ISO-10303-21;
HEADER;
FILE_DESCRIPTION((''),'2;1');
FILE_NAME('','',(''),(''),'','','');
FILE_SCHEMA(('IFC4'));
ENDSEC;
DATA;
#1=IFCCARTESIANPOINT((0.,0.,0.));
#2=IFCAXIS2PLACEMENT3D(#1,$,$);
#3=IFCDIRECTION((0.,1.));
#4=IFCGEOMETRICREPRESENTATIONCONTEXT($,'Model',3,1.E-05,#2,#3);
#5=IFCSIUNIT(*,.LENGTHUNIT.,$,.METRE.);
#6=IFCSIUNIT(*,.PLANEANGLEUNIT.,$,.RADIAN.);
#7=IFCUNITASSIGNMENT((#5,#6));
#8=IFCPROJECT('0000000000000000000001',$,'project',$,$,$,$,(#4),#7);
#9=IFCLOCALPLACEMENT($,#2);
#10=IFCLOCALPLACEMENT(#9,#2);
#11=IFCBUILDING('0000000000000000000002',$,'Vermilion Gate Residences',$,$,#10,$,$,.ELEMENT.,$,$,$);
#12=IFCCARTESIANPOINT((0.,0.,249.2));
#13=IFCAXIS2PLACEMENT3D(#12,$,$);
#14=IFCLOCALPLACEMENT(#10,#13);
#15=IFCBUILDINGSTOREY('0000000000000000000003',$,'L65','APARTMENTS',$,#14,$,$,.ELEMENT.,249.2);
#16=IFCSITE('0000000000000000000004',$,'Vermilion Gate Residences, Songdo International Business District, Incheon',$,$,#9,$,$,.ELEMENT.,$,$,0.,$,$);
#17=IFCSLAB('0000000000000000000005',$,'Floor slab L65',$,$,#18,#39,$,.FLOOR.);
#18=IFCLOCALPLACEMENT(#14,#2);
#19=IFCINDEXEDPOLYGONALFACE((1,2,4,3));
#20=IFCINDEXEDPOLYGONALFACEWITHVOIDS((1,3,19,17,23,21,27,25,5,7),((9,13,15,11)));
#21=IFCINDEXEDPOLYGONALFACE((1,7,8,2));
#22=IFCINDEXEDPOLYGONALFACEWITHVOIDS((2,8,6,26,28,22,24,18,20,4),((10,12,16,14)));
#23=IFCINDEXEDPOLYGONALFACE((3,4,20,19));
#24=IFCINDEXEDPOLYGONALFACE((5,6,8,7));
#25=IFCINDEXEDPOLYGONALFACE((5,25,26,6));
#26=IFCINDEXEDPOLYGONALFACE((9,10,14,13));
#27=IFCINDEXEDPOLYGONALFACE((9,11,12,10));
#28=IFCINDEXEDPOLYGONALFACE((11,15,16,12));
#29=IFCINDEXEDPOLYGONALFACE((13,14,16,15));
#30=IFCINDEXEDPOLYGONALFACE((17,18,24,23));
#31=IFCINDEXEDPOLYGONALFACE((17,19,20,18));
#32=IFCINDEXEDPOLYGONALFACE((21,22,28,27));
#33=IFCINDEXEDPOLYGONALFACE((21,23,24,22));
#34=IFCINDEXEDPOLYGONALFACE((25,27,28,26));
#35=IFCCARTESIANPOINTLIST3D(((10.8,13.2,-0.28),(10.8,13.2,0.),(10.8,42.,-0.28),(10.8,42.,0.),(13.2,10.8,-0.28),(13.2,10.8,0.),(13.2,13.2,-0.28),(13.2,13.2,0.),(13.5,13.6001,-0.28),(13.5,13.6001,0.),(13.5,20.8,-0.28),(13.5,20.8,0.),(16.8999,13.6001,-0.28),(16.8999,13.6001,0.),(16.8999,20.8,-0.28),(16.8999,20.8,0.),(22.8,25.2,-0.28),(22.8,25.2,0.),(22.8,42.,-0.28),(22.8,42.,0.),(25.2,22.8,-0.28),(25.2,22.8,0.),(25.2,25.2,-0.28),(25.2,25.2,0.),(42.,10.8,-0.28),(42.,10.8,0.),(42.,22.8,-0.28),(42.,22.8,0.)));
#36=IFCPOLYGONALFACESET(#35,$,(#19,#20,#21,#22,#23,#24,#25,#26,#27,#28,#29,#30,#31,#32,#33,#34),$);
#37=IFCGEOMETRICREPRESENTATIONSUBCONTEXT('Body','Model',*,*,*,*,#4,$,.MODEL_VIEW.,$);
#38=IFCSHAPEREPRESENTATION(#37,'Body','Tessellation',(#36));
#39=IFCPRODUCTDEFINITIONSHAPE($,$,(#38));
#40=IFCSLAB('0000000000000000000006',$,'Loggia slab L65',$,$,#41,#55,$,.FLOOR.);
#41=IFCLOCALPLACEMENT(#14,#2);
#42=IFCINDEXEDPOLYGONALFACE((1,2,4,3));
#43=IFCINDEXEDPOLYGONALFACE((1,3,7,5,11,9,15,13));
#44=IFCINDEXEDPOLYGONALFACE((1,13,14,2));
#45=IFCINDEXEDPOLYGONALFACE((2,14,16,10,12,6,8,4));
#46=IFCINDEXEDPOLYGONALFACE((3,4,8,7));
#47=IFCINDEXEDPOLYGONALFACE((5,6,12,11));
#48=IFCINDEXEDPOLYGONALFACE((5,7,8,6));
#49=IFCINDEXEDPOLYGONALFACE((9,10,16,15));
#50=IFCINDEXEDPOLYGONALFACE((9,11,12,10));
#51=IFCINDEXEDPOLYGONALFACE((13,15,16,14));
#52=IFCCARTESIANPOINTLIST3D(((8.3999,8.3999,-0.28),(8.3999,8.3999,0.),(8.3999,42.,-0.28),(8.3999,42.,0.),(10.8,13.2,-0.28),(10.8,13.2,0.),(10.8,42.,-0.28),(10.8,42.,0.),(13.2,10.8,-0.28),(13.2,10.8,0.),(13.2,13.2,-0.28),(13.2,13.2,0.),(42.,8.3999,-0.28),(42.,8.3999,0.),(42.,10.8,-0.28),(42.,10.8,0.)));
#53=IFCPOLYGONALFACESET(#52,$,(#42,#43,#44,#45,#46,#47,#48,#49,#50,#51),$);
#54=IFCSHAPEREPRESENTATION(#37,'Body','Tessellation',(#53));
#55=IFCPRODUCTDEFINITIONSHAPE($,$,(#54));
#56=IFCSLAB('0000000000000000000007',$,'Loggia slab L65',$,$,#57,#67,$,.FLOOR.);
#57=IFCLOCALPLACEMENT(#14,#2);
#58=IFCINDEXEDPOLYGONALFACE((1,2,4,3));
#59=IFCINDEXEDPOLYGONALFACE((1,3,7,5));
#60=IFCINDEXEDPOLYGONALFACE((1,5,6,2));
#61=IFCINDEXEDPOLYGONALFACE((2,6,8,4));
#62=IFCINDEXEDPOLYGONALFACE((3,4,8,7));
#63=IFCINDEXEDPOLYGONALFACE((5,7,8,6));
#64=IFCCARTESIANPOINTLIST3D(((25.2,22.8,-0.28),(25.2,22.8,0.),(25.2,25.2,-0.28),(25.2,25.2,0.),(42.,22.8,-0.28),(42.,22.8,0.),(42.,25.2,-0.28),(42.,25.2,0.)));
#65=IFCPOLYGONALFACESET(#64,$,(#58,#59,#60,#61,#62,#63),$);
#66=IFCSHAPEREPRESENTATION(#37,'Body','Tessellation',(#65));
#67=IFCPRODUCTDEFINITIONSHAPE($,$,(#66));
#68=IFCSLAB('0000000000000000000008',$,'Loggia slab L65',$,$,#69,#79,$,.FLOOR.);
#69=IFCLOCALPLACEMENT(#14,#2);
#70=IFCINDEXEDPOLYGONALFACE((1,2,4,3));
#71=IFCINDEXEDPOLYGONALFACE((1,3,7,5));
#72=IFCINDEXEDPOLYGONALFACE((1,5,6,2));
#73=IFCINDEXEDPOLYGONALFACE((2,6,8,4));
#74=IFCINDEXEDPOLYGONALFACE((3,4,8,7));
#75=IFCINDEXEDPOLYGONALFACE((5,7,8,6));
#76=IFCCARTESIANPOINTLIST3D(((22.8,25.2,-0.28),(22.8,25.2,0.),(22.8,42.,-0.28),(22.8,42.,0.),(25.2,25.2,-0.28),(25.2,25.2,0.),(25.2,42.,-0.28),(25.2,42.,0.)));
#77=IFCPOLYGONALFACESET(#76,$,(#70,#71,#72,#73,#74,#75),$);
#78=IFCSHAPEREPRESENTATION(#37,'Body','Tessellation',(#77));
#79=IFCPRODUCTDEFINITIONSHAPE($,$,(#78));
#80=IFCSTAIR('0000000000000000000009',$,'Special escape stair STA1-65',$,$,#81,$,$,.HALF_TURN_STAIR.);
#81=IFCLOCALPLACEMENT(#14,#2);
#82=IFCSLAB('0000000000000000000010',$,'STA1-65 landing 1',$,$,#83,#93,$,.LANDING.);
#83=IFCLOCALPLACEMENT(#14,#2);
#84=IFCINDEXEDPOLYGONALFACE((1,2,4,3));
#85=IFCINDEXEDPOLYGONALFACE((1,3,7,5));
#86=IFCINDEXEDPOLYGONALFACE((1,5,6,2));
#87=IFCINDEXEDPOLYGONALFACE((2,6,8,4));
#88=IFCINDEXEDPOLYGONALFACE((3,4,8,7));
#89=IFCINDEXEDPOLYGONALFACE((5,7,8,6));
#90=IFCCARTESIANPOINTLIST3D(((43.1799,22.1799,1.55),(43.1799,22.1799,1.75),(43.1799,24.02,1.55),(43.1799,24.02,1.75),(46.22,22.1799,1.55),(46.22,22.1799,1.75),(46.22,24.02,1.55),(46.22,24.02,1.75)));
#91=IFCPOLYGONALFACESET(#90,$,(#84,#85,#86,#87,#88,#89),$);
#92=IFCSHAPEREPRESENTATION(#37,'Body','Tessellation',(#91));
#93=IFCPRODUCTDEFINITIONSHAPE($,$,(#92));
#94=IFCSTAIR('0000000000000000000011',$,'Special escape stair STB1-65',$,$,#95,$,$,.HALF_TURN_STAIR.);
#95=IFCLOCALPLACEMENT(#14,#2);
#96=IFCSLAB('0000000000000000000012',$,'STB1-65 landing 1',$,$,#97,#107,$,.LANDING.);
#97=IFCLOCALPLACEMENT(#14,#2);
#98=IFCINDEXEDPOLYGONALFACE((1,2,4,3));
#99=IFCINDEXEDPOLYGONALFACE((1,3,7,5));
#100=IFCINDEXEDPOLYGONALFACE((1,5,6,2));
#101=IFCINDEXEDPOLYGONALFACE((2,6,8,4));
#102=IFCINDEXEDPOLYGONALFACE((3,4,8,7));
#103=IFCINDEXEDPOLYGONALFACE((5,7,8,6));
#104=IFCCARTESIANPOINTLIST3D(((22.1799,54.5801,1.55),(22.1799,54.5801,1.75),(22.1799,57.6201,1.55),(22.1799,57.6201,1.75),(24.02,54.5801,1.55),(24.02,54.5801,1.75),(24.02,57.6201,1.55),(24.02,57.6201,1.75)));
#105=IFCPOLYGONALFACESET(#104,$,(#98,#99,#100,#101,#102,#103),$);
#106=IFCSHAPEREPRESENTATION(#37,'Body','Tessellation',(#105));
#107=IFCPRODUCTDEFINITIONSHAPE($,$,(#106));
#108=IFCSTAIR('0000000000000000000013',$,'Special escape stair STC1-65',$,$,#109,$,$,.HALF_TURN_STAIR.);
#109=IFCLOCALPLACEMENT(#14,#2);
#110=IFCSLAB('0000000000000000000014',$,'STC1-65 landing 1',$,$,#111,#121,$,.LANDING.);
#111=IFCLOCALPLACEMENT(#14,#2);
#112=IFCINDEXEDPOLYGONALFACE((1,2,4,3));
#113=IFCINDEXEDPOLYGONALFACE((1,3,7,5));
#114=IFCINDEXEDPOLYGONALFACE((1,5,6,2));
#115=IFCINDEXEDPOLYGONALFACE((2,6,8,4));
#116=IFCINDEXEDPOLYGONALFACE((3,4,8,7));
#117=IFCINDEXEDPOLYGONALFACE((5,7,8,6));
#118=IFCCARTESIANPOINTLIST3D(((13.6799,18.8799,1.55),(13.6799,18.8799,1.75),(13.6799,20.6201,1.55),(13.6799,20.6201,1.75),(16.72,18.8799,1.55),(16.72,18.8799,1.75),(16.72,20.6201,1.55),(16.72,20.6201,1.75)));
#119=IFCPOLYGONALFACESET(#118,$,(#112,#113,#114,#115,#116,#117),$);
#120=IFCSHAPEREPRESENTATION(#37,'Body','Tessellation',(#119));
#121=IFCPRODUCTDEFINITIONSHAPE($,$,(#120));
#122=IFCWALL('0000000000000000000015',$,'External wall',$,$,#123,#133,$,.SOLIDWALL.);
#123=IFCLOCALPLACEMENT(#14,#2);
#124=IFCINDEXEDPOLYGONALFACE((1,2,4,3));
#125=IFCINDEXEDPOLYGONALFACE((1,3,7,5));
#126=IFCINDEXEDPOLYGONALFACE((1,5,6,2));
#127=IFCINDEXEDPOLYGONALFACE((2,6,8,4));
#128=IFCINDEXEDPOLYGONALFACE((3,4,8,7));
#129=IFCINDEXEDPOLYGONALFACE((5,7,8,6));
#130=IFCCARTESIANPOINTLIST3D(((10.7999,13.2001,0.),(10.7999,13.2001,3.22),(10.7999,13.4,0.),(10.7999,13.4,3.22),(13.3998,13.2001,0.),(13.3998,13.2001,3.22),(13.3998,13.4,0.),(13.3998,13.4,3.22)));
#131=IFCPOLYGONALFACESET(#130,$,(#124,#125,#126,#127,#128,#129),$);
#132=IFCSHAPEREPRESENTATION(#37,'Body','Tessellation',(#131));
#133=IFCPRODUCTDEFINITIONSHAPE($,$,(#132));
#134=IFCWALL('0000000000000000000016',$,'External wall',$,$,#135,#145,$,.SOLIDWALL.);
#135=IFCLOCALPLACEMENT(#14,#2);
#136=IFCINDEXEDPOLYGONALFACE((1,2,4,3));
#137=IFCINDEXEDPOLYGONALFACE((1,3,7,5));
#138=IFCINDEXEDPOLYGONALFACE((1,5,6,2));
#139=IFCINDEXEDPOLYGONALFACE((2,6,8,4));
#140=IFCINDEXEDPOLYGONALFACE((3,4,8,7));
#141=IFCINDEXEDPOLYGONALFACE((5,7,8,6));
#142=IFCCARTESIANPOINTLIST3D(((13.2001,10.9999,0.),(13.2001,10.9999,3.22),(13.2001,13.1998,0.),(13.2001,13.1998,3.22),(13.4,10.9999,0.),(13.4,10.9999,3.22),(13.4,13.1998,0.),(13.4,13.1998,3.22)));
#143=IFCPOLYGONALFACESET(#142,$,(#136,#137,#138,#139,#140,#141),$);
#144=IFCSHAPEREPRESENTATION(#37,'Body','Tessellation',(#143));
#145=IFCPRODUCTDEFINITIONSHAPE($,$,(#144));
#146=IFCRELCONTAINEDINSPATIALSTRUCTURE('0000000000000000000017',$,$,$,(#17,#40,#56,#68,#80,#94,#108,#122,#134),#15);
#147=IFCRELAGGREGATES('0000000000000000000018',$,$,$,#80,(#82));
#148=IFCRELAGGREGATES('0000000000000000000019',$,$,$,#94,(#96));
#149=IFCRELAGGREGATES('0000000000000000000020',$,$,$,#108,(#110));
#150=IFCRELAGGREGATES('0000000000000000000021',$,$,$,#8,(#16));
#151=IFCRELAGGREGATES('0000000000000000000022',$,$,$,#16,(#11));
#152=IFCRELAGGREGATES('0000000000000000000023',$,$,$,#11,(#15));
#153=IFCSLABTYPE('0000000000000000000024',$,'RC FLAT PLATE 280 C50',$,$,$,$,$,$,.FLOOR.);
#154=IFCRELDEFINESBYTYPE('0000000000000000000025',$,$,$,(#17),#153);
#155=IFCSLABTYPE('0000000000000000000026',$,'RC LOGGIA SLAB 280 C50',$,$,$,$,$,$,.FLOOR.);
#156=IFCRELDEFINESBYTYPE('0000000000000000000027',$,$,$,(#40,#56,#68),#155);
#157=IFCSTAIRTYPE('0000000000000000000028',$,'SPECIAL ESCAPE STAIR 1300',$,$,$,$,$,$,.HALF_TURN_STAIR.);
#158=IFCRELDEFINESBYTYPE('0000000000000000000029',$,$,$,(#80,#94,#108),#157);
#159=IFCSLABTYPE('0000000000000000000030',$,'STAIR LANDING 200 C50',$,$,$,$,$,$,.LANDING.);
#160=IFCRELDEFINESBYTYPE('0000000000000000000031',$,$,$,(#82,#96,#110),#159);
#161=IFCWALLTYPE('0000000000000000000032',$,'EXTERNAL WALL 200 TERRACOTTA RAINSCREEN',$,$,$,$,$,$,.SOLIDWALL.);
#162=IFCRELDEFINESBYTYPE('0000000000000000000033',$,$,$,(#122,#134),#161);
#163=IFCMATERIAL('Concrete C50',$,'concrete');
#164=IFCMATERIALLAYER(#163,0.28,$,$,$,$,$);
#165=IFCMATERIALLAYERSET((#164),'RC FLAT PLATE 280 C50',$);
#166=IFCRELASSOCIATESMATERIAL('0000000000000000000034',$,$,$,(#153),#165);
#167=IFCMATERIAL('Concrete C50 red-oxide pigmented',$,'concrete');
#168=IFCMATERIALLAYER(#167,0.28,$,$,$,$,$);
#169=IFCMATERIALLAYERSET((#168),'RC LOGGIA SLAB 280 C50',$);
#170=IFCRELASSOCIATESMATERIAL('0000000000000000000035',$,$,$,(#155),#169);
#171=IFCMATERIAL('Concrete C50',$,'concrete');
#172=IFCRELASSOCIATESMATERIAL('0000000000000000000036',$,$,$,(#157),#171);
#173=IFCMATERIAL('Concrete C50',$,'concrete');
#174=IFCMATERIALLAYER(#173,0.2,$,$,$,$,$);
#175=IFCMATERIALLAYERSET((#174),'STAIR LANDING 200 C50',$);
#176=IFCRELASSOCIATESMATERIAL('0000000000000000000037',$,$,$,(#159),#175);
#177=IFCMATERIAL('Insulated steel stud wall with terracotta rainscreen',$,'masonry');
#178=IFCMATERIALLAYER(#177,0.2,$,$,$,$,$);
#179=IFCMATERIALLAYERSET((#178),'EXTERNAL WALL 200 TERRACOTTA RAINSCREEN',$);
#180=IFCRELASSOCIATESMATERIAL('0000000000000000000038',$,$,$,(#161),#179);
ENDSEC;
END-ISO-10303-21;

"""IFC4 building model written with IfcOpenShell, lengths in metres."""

from ifc_helpers import new_model, si_unit, direction, frame, frame_2d, origin, place, context, subcontext, project, spatial, polyline, rectangle, outline, extrude, material, layer, layer_set, type_object, element, aggregate, save


model = new_model("IFC4")

# Units and contexts
model_context = context("Model", 3, precision=1e-05, world=origin(), true_north=direction((0.0, 1.0)))
body_context = subcontext(model_context, "Body", "Model", "MODEL_VIEW")
ifc_project = project(units=[si_unit("LENGTHUNIT", "METRE"), si_unit("PLANEANGLEUNIT", "RADIAN")], contexts=[model_context])

# Site, building, storey
site_placement = place(None, origin())
site = spatial("IfcSite", under=ifc_project, at=site_placement, Name="Vermilion Gate Residences, Songdo International Business District, Incheon", CompositionType="ELEMENT", RefElevation=0.0)
building_placement = place(site_placement, origin())
building = spatial("IfcBuilding", under=site, at=building_placement, Name="Vermilion Gate Residences", CompositionType="ELEMENT")
storey_placement = place(building_placement, frame((0.0, 0.0, 249.2)))
storey = spatial("IfcBuildingStorey", under=building, at=storey_placement, Name="L65", Description="APARTMENTS", CompositionType="ELEMENT", Elevation=249.2)

# Slabs
ifc_material_1 = material(Name="Concrete C50", Category="concrete")
ifc_layer_1 = layer(ifc_material_1, 0.28)
ifc_layer_set_1 = layer_set([ifc_layer_1], Name="RC FLAT PLATE 280 C50")
slab_type_1 = type_object("IfcSlabType", Name="RC FLAT PLATE 280 C50", PredefinedType="FLOOR", material=ifc_layer_set_1)
slab_1_placement = place(storey_placement, frame((0.0, 0.0, -0.28)))
element("IfcSlab", 1, at=slab_1_placement, inside=storey, type_object=slab_type_1, Name="Floor slab L65", PredefinedType="FLOOR", context=body_context, shape_type="SweptSolid", body=[
    extrude(outline(polyline([(22.8, 25.2), (22.8, 42.0), (10.8, 42.0), (10.8, 13.2), (13.2, 13.2), (13.2, 10.8), (42.0, 10.8), (42.0, 22.8), (25.2, 22.8), (25.2, 25.2), (22.8, 25.2)]), holes=[polyline([(13.5, 13.6001), (13.5, 20.8), (16.8999, 20.8), (16.8999, 13.6001), (13.5, 13.6001)])]), origin(), (0.0, 0.0, 1.0), 0.28),
])
ifc_material_2 = material(Name="Concrete C50 red-oxide pigmented", Category="concrete")
ifc_layer_2 = layer(ifc_material_2, 0.28)
ifc_layer_set_2 = layer_set([ifc_layer_2], Name="RC LOGGIA SLAB 280 C50")
slab_type_2 = type_object("IfcSlabType", Name="RC LOGGIA SLAB 280 C50", PredefinedType="FLOOR", material=ifc_layer_set_2)
slab_2_placement = place(storey_placement, frame((0.0, 0.0, -0.28)))
element("IfcSlab", 2, at=slab_2_placement, inside=storey, type_object=slab_type_2, Name="Loggia slab L65", PredefinedType="FLOOR", context=body_context, shape_type="SweptSolid", body=[
    extrude(outline(polyline([(8.3999, 8.3999), (42.0, 8.3999), (42.0, 10.8), (13.2, 10.8), (13.2, 13.2), (10.8, 13.2), (10.8, 42.0), (8.3999, 42.0), (8.3999, 8.3999)])), origin(), (0.0, 0.0, 1.0), 0.28),
])
slab_3_placement = place(storey_placement, frame((0.0, 0.0, -0.28)))
element("IfcSlab", 3, at=slab_3_placement, inside=storey, type_object=slab_type_2, Name="Loggia slab L65", PredefinedType="FLOOR", context=body_context, shape_type="SweptSolid", body=[
    extrude(outline(polyline([(25.2, 22.8), (42.0, 22.8), (42.0, 25.2), (25.2, 25.2), (25.2, 22.8)])), origin(), (0.0, 0.0, 1.0), 0.28),
])
slab_4_placement = place(storey_placement, frame((0.0, 0.0, -0.28)))
element("IfcSlab", 4, at=slab_4_placement, inside=storey, type_object=slab_type_2, Name="Loggia slab L65", PredefinedType="FLOOR", context=body_context, shape_type="SweptSolid", body=[
    extrude(outline(polyline([(25.2, 42.0), (22.8, 42.0), (22.8, 25.2), (25.2, 25.2), (25.2, 42.0)])), origin(), (0.0, 0.0, 1.0), 0.28),
])

# Stairs, slabs
ifc_material_3 = material(Name="Concrete C50", Category="concrete")
stair_type = type_object("IfcStairType", Name="SPECIAL ESCAPE STAIR 1300", PredefinedType="HALF_TURN_STAIR", material=ifc_material_3)
stair_1_placement = place(storey_placement, origin())
stair_1 = element("IfcStair", 5, at=stair_1_placement, inside=storey, type_object=stair_type, Name="Special escape stair STA1-65", PredefinedType="HALF_TURN_STAIR")
ifc_material_4 = material(Name="Concrete C50", Category="concrete")
ifc_layer_3 = layer(ifc_material_4, 0.2)
ifc_layer_set_3 = layer_set([ifc_layer_3], Name="STAIR LANDING 200 C50")
slab_type_3 = type_object("IfcSlabType", Name="STAIR LANDING 200 C50", PredefinedType="LANDING", material=ifc_layer_set_3)
slab_5_placement = place(storey_placement, frame((0.0, 0.0, 1.55)))
slab_5 = element("IfcSlab", 6, at=slab_5_placement, type_object=slab_type_3, Name="STA1-65 landing 1", PredefinedType="LANDING", context=body_context, shape_type="SweptSolid", body=[
    extrude(outline(polyline([(46.22, 22.1799), (46.22, 24.02), (43.1799, 24.02), (43.1799, 22.1799), (46.22, 22.1799)])), origin(), (0.0, 0.0, 1.0), 0.2),
])
aggregate(stair_1, [slab_5])
stair_2_placement = place(storey_placement, origin())
stair_2 = element("IfcStair", 7, at=stair_2_placement, inside=storey, type_object=stair_type, Name="Special escape stair STB1-65", PredefinedType="HALF_TURN_STAIR")
slab_6_placement = place(storey_placement, frame((0.0, 0.0, 1.55)))
slab_6 = element("IfcSlab", 8, at=slab_6_placement, type_object=slab_type_3, Name="STB1-65 landing 1", PredefinedType="LANDING", context=body_context, shape_type="SweptSolid", body=[
    extrude(outline(polyline([(24.02, 54.5801), (24.02, 57.6201), (22.1799, 57.6201), (22.1799, 54.5801), (24.02, 54.5801)])), origin(), (0.0, 0.0, 1.0), 0.2),
])
aggregate(stair_2, [slab_6])
stair_3_placement = place(storey_placement, origin())
stair_3 = element("IfcStair", 9, at=stair_3_placement, inside=storey, type_object=stair_type, Name="Special escape stair STC1-65", PredefinedType="HALF_TURN_STAIR")
slab_7_placement = place(storey_placement, frame((0.0, 0.0, 1.55)))
slab_7 = element("IfcSlab", 10, at=slab_7_placement, type_object=slab_type_3, Name="STC1-65 landing 1", PredefinedType="LANDING", context=body_context, shape_type="SweptSolid", body=[
    extrude(outline(polyline([(16.72, 18.8799), (16.72, 20.6201), (13.6799, 20.6201), (13.6799, 18.8799), (16.72, 18.8799)])), origin(), (0.0, 0.0, 1.0), 0.2),
])
aggregate(stair_3, [slab_7])

# Walls
ifc_material_5 = material(Name="Insulated steel stud wall with terracotta rainscreen", Category="masonry")
ifc_layer_4 = layer(ifc_material_5, 0.2)
ifc_layer_set_4 = layer_set([ifc_layer_4], Name="EXTERNAL WALL 200 TERRACOTTA RAINSCREEN")
wall_type_1 = type_object("IfcWallType", Name="EXTERNAL WALL 200 TERRACOTTA RAINSCREEN", PredefinedType="SOLIDWALL", material=ifc_layer_set_4)
wall_1_placement = place(storey_placement, frame((10.8, 13.3, 0.0), z_axis=(0.0, 0.0, 1.0), x_axis=(1.0, 0.0, 0.0)))
element("IfcWall", 11, at=wall_1_placement, inside=storey, type_object=wall_type_1, Name="External wall", PredefinedType="SOLIDWALL", context=body_context, shape_type="SweptSolid", body=[
    extrude(rectangle(XDim=2.5999, YDim=0.2, at=frame_2d((1.2998, 0.0))), origin(), (0.0, 0.0, 1.0), 3.22),
])
wall_2_placement = place(storey_placement, frame((13.3, 13.2, 0.0), z_axis=(0.0, 0.0, 1.0), x_axis=(0.0, -1.0, 0.0)))
element("IfcWall", 12, at=wall_2_placement, inside=storey, type_object=wall_type_1, Name="External wall", PredefinedType="SOLIDWALL", context=body_context, shape_type="SweptSolid", body=[
    extrude(rectangle(XDim=2.2, YDim=0.2, at=frame_2d((1.1001, 0.0))), origin(), (0.0, 0.0, 1.0), 3.22),
])

save(model, "model.ifc")
